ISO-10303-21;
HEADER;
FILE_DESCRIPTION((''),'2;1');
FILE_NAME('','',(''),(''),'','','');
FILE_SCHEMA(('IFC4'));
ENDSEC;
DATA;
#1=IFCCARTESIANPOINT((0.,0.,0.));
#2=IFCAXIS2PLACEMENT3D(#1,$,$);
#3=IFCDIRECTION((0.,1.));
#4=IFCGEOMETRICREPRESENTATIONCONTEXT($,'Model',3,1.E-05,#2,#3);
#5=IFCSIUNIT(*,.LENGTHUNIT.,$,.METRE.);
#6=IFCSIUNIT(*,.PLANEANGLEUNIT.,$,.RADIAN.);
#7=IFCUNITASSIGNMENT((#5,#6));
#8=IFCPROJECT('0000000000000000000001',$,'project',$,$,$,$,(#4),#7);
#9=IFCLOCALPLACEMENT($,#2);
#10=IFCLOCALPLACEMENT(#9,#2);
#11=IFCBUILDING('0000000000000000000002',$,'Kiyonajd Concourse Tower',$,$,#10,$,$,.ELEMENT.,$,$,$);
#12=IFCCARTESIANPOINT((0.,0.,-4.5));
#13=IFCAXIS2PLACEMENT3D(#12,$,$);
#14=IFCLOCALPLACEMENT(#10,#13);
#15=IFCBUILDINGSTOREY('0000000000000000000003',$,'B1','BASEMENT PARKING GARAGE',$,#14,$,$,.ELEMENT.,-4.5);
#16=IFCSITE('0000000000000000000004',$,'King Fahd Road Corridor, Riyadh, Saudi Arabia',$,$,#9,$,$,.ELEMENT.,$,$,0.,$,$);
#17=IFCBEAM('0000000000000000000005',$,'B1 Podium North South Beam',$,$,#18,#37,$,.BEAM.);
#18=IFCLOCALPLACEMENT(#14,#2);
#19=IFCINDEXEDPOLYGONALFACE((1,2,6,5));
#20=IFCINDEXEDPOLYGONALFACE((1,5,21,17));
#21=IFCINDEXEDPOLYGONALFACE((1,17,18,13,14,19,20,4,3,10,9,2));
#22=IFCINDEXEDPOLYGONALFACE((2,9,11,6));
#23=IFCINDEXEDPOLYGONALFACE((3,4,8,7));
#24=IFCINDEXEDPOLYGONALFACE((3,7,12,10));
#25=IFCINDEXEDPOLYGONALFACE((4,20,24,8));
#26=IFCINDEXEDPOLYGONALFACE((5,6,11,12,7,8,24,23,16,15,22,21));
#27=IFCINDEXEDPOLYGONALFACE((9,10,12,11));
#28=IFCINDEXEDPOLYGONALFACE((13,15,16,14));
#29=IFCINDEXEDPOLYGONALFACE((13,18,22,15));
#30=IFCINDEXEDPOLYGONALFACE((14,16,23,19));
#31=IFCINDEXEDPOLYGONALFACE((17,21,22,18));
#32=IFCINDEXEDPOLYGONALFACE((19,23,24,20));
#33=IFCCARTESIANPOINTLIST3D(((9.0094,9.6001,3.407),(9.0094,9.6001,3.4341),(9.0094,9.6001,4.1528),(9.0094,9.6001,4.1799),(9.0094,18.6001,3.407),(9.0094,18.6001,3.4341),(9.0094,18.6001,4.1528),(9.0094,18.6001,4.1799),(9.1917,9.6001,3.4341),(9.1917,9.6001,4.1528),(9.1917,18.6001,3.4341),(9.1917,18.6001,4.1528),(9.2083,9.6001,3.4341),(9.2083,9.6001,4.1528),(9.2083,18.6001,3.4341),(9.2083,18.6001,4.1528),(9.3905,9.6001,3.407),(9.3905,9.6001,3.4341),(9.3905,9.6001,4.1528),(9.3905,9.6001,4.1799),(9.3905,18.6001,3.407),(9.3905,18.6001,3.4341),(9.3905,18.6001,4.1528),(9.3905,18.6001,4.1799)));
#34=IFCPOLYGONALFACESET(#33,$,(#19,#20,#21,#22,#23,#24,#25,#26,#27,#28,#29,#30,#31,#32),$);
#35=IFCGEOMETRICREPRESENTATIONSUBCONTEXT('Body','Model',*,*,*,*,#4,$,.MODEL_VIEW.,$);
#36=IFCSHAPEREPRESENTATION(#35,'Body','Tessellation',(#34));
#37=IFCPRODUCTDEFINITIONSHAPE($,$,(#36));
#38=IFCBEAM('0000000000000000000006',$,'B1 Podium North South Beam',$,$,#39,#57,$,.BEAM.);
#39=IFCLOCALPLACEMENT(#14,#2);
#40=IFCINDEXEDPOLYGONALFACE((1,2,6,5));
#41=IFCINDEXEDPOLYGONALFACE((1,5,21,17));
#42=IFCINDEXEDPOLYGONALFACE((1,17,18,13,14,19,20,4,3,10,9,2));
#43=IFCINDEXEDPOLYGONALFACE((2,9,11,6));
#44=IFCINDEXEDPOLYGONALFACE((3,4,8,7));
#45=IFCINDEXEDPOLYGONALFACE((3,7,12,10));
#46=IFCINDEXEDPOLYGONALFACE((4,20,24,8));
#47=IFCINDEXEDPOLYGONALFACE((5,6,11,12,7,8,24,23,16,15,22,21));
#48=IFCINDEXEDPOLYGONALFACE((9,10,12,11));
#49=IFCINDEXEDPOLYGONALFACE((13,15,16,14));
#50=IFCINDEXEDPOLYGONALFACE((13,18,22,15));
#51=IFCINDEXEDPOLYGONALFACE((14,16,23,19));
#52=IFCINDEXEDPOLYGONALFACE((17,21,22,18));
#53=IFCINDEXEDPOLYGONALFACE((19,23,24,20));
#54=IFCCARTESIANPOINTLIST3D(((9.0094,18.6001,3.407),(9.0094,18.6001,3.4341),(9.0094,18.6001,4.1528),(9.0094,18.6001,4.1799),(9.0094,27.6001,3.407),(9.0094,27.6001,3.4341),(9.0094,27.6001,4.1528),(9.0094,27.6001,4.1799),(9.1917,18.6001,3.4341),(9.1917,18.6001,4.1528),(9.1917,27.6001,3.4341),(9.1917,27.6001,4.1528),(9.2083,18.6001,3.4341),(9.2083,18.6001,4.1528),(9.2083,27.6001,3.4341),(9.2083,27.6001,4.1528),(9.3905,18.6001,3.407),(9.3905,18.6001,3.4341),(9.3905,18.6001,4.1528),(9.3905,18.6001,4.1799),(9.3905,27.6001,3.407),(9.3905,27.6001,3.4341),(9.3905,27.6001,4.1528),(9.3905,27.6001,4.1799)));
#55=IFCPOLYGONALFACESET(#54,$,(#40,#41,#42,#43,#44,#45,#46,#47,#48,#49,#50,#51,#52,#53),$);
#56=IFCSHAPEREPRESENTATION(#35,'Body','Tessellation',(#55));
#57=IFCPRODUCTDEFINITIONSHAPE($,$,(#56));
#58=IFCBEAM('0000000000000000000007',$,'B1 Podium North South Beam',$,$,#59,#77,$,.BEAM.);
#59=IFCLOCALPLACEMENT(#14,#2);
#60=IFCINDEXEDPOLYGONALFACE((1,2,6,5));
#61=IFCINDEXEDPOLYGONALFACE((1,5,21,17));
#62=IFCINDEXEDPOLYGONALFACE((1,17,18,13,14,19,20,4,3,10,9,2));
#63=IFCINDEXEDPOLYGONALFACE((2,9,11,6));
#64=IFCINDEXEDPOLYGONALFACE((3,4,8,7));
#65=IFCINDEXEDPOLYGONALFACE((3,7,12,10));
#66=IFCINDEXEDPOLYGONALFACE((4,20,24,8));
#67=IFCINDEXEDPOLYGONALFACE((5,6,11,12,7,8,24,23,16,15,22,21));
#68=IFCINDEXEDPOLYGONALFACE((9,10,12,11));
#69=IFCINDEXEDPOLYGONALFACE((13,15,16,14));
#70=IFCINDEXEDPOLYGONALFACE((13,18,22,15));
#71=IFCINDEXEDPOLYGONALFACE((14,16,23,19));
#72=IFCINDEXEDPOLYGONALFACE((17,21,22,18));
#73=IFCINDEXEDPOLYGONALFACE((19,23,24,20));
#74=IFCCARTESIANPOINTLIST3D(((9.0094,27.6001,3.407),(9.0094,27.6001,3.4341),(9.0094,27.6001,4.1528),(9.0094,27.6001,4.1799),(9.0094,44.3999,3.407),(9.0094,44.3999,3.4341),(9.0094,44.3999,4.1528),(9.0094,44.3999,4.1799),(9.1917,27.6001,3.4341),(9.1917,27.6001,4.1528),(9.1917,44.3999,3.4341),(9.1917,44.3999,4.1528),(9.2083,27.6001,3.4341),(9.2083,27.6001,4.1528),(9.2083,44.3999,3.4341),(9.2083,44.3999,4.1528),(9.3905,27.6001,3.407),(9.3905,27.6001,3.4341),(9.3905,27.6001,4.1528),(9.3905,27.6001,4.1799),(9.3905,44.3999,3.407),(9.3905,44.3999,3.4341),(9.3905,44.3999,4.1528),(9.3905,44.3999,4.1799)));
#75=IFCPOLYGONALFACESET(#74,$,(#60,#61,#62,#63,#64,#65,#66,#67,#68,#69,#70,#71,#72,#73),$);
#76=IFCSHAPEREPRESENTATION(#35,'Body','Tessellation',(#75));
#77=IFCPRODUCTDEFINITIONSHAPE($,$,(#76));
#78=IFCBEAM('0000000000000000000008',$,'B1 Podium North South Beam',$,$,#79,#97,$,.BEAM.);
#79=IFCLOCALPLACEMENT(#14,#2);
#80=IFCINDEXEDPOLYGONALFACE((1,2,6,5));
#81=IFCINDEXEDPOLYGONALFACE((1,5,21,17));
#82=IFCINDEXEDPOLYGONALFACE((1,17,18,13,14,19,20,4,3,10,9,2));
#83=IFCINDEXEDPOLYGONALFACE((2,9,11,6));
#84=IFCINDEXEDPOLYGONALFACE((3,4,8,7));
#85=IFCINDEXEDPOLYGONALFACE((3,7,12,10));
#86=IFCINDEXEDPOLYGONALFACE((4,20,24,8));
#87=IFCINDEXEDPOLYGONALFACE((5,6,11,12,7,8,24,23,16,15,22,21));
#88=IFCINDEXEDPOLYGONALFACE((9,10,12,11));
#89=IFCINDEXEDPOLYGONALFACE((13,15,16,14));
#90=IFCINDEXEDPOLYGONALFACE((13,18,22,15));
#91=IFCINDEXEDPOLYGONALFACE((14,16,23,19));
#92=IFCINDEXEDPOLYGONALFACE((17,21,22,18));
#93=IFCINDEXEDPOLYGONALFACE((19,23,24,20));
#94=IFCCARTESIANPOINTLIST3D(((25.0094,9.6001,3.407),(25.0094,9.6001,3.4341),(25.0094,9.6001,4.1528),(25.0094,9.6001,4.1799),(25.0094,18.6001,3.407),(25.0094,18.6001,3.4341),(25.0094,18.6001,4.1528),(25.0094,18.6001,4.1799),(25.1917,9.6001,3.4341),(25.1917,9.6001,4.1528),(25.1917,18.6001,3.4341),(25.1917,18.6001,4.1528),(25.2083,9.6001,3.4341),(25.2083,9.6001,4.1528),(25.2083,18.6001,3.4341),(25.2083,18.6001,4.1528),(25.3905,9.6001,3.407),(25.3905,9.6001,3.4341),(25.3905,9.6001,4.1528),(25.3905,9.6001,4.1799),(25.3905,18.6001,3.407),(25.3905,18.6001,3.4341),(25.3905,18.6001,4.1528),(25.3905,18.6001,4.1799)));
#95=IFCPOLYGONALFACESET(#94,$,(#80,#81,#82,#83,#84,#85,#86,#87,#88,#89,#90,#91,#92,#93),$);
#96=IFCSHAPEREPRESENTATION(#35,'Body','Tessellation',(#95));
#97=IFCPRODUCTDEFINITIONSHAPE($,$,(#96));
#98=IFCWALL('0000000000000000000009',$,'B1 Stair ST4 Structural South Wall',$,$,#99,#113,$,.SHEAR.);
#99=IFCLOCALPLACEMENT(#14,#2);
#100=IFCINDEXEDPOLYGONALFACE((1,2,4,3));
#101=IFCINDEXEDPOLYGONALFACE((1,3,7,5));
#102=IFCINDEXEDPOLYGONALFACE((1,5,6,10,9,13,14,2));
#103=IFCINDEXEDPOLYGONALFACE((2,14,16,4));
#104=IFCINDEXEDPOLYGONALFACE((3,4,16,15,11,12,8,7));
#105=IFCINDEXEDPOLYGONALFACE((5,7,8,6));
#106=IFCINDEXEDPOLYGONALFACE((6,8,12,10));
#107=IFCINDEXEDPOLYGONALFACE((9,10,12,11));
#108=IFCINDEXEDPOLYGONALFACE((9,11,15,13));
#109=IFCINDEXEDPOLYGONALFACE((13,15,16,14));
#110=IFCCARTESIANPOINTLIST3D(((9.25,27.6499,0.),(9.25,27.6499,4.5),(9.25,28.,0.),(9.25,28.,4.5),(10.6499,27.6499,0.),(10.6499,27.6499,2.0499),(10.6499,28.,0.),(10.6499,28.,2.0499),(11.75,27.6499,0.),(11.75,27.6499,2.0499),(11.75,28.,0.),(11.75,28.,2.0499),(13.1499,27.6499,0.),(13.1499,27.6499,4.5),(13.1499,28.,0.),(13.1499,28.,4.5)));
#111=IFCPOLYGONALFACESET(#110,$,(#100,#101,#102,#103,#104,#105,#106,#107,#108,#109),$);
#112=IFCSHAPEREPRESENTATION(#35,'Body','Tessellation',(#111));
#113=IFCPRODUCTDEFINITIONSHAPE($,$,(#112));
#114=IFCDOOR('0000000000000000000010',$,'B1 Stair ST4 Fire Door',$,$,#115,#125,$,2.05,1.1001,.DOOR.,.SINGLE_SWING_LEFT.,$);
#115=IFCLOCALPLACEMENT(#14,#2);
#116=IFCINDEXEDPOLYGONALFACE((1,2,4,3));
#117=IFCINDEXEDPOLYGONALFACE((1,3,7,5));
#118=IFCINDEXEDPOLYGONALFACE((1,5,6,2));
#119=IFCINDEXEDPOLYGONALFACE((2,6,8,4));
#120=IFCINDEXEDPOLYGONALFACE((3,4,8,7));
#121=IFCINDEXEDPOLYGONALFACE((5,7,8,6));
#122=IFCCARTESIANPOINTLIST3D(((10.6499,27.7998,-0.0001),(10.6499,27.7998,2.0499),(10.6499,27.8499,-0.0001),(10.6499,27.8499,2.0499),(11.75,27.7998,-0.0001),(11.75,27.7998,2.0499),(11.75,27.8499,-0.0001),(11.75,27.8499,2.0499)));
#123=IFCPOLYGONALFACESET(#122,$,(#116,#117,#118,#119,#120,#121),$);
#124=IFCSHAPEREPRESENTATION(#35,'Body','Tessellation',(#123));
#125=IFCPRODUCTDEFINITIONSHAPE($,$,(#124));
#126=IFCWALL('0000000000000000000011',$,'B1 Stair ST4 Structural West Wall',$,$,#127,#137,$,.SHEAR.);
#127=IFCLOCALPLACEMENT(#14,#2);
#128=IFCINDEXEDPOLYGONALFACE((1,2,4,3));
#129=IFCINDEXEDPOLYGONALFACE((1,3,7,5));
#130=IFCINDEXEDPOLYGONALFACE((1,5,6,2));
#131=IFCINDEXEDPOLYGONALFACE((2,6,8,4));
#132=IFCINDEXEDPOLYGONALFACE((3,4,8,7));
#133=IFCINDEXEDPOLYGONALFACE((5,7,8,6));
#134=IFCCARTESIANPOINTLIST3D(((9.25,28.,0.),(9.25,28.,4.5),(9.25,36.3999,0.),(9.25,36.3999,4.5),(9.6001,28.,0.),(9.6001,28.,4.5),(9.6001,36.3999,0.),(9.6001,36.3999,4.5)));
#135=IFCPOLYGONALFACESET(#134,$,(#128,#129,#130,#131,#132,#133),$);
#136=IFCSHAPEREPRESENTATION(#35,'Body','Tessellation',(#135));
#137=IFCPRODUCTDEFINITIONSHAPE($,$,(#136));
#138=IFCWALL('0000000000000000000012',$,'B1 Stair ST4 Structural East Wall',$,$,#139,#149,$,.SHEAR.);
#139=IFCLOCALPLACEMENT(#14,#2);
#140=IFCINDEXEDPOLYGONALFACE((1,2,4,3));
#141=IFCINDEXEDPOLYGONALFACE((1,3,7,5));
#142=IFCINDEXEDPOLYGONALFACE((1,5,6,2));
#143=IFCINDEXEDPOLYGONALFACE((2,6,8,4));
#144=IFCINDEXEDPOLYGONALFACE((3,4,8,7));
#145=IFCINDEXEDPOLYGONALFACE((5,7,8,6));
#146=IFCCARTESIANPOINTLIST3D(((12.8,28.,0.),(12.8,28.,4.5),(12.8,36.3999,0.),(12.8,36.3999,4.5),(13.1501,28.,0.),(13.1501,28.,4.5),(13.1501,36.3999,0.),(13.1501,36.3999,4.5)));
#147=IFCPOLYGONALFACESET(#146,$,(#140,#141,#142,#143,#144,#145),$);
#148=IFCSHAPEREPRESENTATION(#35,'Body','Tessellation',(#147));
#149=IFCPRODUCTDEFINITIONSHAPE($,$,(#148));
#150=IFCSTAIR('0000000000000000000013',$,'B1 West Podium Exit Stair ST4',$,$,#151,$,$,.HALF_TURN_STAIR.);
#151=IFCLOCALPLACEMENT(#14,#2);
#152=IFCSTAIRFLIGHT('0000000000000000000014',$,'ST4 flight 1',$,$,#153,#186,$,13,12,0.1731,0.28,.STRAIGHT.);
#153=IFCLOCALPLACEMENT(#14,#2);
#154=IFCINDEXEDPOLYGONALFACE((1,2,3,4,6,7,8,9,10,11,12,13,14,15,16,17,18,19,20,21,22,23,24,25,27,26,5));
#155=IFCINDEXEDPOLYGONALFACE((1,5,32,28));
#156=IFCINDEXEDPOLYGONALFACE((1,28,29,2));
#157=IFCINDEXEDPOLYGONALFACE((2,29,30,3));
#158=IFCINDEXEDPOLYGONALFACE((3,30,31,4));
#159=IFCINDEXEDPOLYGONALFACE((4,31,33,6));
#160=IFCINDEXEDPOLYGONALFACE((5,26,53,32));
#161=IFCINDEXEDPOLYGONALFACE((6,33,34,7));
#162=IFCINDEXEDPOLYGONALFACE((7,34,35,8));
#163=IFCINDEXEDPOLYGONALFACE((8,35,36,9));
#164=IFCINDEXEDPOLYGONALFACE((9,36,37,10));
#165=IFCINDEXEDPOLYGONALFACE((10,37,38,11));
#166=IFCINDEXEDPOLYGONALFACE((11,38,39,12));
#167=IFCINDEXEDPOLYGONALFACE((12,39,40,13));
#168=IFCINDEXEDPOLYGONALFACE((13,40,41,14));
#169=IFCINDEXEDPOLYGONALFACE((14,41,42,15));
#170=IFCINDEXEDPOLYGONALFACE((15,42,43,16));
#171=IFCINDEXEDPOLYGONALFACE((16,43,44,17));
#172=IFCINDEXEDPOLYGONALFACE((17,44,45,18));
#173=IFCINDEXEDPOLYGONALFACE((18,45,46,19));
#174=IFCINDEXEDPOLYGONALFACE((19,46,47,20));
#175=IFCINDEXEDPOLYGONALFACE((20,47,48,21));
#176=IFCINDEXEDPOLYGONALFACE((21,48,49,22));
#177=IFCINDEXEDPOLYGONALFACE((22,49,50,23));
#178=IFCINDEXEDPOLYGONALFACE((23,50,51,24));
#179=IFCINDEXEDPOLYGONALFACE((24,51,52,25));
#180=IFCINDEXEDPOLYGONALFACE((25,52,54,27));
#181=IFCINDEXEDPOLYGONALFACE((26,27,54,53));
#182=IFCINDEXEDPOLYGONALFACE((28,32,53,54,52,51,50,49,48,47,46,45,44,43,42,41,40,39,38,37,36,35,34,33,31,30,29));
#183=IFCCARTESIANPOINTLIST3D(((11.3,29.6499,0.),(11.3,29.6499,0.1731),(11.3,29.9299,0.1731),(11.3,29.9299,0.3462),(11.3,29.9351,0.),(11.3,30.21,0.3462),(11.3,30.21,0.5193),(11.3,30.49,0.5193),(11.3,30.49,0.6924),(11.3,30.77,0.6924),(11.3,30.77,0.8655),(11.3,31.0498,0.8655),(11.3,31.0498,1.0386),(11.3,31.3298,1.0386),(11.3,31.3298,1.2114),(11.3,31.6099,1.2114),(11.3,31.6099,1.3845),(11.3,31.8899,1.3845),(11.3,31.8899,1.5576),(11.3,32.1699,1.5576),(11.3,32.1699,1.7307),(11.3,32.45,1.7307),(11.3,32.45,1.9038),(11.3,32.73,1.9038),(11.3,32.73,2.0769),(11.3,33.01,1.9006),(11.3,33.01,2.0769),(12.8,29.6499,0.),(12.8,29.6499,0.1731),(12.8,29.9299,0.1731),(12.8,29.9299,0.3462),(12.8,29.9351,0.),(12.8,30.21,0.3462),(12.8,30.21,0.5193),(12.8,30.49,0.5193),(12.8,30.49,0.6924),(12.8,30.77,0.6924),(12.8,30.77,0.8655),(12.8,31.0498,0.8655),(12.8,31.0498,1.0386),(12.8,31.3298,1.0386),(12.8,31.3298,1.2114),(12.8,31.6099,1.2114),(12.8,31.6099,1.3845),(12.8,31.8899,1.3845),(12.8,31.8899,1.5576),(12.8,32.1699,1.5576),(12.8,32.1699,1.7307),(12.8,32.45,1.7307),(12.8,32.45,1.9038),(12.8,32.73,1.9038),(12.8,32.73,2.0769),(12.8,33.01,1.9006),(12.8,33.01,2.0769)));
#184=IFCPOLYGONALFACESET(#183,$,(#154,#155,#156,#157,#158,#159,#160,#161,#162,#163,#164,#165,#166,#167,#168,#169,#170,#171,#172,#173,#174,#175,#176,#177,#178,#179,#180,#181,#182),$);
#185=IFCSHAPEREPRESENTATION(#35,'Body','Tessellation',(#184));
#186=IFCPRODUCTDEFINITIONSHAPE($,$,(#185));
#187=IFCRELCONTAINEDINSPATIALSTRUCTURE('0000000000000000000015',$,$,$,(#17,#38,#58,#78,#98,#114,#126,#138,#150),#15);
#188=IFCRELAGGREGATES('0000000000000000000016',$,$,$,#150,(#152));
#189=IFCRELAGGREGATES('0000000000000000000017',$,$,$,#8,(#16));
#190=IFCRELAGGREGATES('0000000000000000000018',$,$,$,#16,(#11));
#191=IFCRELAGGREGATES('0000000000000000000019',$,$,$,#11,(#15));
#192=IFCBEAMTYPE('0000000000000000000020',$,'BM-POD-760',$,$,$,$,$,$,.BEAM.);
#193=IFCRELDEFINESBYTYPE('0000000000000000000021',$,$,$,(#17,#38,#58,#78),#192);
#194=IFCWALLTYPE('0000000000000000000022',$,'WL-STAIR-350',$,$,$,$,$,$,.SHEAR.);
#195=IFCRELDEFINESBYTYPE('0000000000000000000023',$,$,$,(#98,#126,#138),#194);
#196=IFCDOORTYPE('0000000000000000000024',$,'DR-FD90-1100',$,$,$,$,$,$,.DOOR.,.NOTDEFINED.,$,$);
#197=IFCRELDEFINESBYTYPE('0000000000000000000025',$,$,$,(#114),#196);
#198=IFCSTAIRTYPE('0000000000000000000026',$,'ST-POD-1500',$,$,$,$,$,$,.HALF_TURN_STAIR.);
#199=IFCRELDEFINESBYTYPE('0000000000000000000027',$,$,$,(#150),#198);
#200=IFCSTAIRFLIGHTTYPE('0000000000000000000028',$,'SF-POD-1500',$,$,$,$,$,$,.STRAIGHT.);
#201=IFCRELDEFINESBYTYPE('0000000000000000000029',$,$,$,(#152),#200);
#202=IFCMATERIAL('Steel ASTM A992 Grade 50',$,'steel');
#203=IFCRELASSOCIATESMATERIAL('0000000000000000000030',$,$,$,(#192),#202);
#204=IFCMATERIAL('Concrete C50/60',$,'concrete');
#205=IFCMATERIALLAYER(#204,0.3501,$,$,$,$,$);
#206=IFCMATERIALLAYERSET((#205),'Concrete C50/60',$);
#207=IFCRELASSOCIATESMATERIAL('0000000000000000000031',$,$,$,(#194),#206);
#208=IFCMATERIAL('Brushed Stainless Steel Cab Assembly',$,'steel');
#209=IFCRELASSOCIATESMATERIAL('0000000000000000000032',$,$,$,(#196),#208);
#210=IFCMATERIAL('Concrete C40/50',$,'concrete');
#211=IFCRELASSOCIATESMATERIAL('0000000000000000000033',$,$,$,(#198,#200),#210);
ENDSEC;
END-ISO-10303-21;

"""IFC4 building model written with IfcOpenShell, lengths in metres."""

from ifc_helpers import new_model, si_unit, direction, frame, frame_2d, origin, origin_2d, place, context, subcontext, project, spatial, polyline, rectangle, i_section, outline, extrude, material, layer, layer_set, material_profile, profile_set, type_object, element, fill, aggregate, save


model = new_model("IFC4")

# Units and contexts
model_context = context("Model", 3, precision=1e-05, world=origin(), true_north=direction((0.0, 1.0)))
body_context = subcontext(model_context, "Body", "Model", "MODEL_VIEW")
ifc_project = project(units=[si_unit("LENGTHUNIT", "METRE"), si_unit("PLANEANGLEUNIT", "RADIAN")], contexts=[model_context])

# Site, building, storey
site_placement = place(None, origin())
site = spatial("IfcSite", under=ifc_project, at=site_placement, Name="King Fahd Road Corridor, Riyadh, Saudi Arabia", CompositionType="ELEMENT", RefElevation=0.0)
building_placement = place(site_placement, origin())
building = spatial("IfcBuilding", under=site, at=building_placement, Name="Kiyonajd Concourse Tower", CompositionType="ELEMENT")
storey_placement = place(building_placement, frame((0.0, 0.0, -4.5)))
storey = spatial("IfcBuildingStorey", under=building, at=storey_placement, Name="B1", Description="BASEMENT PARKING GARAGE", CompositionType="ELEMENT", Elevation=-4.5)

# Beams
ifc_material_1 = material(Name="Steel ASTM A992 Grade 50", Category="steel")
ifc_material_2 = material(Name="Concrete C50/60", Category="concrete")
ifc_material_profile_1 = material_profile(ifc_material_1, i_section(OverallWidth=0.3811, OverallDepth=0.7729, WebThickness=0.0166, FlangeThickness=0.0271, at=origin_2d()), Name="W760X257")
ifc_profile_set_1 = profile_set([ifc_material_profile_1], Name="Steel ASTM A992 Grade 50")
beam_type_1 = type_object("IfcBeamType", Name="BM-POD-760", PredefinedType="BEAM", material=ifc_profile_set_1)
for number, where, z_axis, x_axis, name in (
    (1, (9.2, 9.6001, 3.7935), (0.0, 1.0, 0.0), (-1.0, 0.0, 0.0), "B1 Podium North South Beam"),
    (2, (9.2, 18.6001, 3.7935), (0.0, 1.0, 0.0), (-1.0, 0.0, 0.0), "B1 Podium North South Beam"),
):
    element("IfcBeam", number, at=place(storey_placement, frame(where, z_axis=z_axis, x_axis=x_axis)), inside=storey, type_object=beam_type_1, Name=name, PredefinedType="BEAM", context=body_context, shape_type="SweptSolid", body=[
        extrude(i_section(OverallWidth=0.3811, OverallDepth=0.7729, WebThickness=0.0166, FlangeThickness=0.0271, at=origin_2d()), origin(), (0.0, 0.0, 1.0), 9.0),
    ])
beam_1_placement = place(storey_placement, frame((9.2, 27.6001, 3.7935), z_axis=(0.0, 1.0, 0.0), x_axis=(-1.0, 0.0, 0.0)))
element("IfcBeam", 3, at=beam_1_placement, inside=storey, type_object=beam_type_1, Name="B1 Podium North South Beam", PredefinedType="BEAM", context=body_context, shape_type="SweptSolid", body=[
    extrude(i_section(OverallWidth=0.3811, OverallDepth=0.7729, WebThickness=0.0166, FlangeThickness=0.0271, at=origin_2d()), origin(), (0.0, 0.0, 1.0), 16.7998),
])
beam_2_placement = place(storey_placement, frame((25.2, 9.6001, 3.7935), z_axis=(0.0, 1.0, 0.0), x_axis=(-1.0, 0.0, 0.0)))
element("IfcBeam", 4, at=beam_2_placement, inside=storey, type_object=beam_type_1, Name="B1 Podium North South Beam", PredefinedType="BEAM", context=body_context, shape_type="SweptSolid", body=[
    extrude(i_section(OverallWidth=0.3811, OverallDepth=0.7729, WebThickness=0.0166, FlangeThickness=0.0271, at=origin_2d()), origin(), (0.0, 0.0, 1.0), 9.0),
])

# Wall, opening, door
ifc_layer = layer(ifc_material_2, 0.3501)
ifc_layer_set = layer_set([ifc_layer], Name="Concrete C50/60")
wall_type = type_object("IfcWallType", Name="WL-STAIR-350", PredefinedType="SHEAR", material=ifc_layer_set)
wall_placement = place(storey_placement, frame((9.25, 27.825, 0.0), z_axis=(0.0, 0.0, 1.0), x_axis=(1.0, 0.0, 0.0)))
wall = element("IfcWall", 5, at=wall_placement, inside=storey, type_object=wall_type, Name="B1 Stair ST4 Structural South Wall", PredefinedType="SHEAR", context=body_context, shape_type="SweptSolid", body=[
    extrude(rectangle(XDim=3.8999, YDim=0.3501, at=frame_2d((1.95, 0.0))), origin(), (0.0, 0.0, 1.0), 4.5),
])
opening_placement = place(wall_placement, frame((1.3999, 0.0, 0.0)))
opening = element("IfcOpeningElement", 6, at=opening_placement, cuts=wall, PredefinedType="OPENING", context=body_context, shape_type="SweptSolid", body=[
    extrude(rectangle(XDim=1.1001, YDim=2.05, at=frame_2d((0.55, 1.0249))), frame((0.0, 0.1851, 0.0), z_axis=(0.0, -1.0, 0.0), x_axis=(1.0, 0.0, 0.0)), (0.0, 0.0, 1.0), 0.3701),
])
ifc_material_3 = material(Name="Brushed Stainless Steel Cab Assembly", Category="steel")
door_type = type_object("IfcDoorType", Name="DR-FD90-1100", OperationType="NOTDEFINED", PredefinedType="DOOR", material=ifc_material_3)
door_placement = place(opening_placement, origin())
door = element("IfcDoor", 7, at=door_placement, inside=storey, type_object=door_type, Name="B1 Stair ST4 Fire Door", OperationType="SINGLE_SWING_LEFT", OverallHeight=2.05, OverallWidth=1.1001, PredefinedType="DOOR", context=body_context, shape_type="SweptSolid", body=[
    extrude(rectangle(XDim=1.1001, YDim=2.05, at=frame_2d((0.55, 1.0249))), frame((0.0, 0.0249, 0.0), z_axis=(0.0, -1.0, 0.0), x_axis=(1.0, 0.0, 0.0)), (0.0, 0.0, 1.0), 0.05),
])
fill(opening, door)

# Walls
for number, where, z_axis, x_axis, name in (
    (8, (9.425, 28.0, 0.0), (0.0, 0.0, 1.0), (0.0, 1.0, 0.0), "B1 Stair ST4 Structural West Wall"),
    (9, (12.9751, 28.0, 0.0), (0.0, 0.0, 1.0), (0.0, 1.0, 0.0), "B1 Stair ST4 Structural East Wall"),
):
    element("IfcWall", number, at=place(storey_placement, frame(where, z_axis=z_axis, x_axis=x_axis)), inside=storey, type_object=wall_type, Name=name, PredefinedType="SHEAR", context=body_context, shape_type="SweptSolid", body=[
        extrude(rectangle(XDim=8.3999, YDim=0.3501, at=frame_2d((4.2, 0.0))), origin(), (0.0, 0.0, 1.0), 4.5),
    ])

# Stair, stair flight
ifc_material_4 = material(Name="Concrete C40/50", Category="concrete")
stair_type = type_object("IfcStairType", Name="ST-POD-1500", PredefinedType="HALF_TURN_STAIR", material=ifc_material_4)
stair_placement = place(storey_placement, origin())
stair = element("IfcStair", 10, at=stair_placement, inside=storey, type_object=stair_type, Name="B1 West Podium Exit Stair ST4", PredefinedType="HALF_TURN_STAIR")
stair_flight_type = type_object("IfcStairFlightType", Name="SF-POD-1500", PredefinedType="STRAIGHT", material=ifc_material_4)
stair_flight_placement = place(storey_placement, frame((12.05, 29.6499, 0.0), z_axis=(0.0, 0.0, 1.0), x_axis=(0.0, 1.0, 0.0)))
stair_flight = element("IfcStairFlight", 11, at=stair_flight_placement, type_object=stair_flight_type, Name="ST4 flight 1", NumberOfRisers=13, NumberOfTreads=12, PredefinedType="STRAIGHT", RiserHeight=0.1731, TreadLength=0.28, context=body_context, shape_type="SweptSolid", body=[
    extrude(outline(polyline([(0.0, 0.0), (0.0, 0.1731), (0.28, 0.1731), (0.28, 0.3462), (0.5601, 0.3462), (0.5601, 0.5193), (0.8401, 0.5193), (0.8401, 0.6924), (1.1201, 0.6924), (1.1201, 0.8655), (1.3999, 0.8655), (1.3999, 1.0386), (1.6799, 1.0386), (1.6799, 1.2114), (1.96, 1.2114), (1.96, 1.3845), (2.24, 1.3845), (2.24, 1.5576), (2.52, 1.5576), (2.52, 1.7307), (2.8, 1.7307), (2.8, 1.9038), (3.0801, 1.9038), (3.0801, 2.0769), (3.3601, 2.0769), (3.3601, 2.25), (3.3601, 1.9006), (0.2852, 0.0), (0.0, 0.0)])), frame((0.0, 0.75, 0.0), z_axis=(0.0, -1.0, 0.0), x_axis=(1.0, 0.0, 0.0)), (0.0, 0.0, 1.0), 1.5),
])
aggregate(stair, [stair_flight])

save(model, "model.ifc")
